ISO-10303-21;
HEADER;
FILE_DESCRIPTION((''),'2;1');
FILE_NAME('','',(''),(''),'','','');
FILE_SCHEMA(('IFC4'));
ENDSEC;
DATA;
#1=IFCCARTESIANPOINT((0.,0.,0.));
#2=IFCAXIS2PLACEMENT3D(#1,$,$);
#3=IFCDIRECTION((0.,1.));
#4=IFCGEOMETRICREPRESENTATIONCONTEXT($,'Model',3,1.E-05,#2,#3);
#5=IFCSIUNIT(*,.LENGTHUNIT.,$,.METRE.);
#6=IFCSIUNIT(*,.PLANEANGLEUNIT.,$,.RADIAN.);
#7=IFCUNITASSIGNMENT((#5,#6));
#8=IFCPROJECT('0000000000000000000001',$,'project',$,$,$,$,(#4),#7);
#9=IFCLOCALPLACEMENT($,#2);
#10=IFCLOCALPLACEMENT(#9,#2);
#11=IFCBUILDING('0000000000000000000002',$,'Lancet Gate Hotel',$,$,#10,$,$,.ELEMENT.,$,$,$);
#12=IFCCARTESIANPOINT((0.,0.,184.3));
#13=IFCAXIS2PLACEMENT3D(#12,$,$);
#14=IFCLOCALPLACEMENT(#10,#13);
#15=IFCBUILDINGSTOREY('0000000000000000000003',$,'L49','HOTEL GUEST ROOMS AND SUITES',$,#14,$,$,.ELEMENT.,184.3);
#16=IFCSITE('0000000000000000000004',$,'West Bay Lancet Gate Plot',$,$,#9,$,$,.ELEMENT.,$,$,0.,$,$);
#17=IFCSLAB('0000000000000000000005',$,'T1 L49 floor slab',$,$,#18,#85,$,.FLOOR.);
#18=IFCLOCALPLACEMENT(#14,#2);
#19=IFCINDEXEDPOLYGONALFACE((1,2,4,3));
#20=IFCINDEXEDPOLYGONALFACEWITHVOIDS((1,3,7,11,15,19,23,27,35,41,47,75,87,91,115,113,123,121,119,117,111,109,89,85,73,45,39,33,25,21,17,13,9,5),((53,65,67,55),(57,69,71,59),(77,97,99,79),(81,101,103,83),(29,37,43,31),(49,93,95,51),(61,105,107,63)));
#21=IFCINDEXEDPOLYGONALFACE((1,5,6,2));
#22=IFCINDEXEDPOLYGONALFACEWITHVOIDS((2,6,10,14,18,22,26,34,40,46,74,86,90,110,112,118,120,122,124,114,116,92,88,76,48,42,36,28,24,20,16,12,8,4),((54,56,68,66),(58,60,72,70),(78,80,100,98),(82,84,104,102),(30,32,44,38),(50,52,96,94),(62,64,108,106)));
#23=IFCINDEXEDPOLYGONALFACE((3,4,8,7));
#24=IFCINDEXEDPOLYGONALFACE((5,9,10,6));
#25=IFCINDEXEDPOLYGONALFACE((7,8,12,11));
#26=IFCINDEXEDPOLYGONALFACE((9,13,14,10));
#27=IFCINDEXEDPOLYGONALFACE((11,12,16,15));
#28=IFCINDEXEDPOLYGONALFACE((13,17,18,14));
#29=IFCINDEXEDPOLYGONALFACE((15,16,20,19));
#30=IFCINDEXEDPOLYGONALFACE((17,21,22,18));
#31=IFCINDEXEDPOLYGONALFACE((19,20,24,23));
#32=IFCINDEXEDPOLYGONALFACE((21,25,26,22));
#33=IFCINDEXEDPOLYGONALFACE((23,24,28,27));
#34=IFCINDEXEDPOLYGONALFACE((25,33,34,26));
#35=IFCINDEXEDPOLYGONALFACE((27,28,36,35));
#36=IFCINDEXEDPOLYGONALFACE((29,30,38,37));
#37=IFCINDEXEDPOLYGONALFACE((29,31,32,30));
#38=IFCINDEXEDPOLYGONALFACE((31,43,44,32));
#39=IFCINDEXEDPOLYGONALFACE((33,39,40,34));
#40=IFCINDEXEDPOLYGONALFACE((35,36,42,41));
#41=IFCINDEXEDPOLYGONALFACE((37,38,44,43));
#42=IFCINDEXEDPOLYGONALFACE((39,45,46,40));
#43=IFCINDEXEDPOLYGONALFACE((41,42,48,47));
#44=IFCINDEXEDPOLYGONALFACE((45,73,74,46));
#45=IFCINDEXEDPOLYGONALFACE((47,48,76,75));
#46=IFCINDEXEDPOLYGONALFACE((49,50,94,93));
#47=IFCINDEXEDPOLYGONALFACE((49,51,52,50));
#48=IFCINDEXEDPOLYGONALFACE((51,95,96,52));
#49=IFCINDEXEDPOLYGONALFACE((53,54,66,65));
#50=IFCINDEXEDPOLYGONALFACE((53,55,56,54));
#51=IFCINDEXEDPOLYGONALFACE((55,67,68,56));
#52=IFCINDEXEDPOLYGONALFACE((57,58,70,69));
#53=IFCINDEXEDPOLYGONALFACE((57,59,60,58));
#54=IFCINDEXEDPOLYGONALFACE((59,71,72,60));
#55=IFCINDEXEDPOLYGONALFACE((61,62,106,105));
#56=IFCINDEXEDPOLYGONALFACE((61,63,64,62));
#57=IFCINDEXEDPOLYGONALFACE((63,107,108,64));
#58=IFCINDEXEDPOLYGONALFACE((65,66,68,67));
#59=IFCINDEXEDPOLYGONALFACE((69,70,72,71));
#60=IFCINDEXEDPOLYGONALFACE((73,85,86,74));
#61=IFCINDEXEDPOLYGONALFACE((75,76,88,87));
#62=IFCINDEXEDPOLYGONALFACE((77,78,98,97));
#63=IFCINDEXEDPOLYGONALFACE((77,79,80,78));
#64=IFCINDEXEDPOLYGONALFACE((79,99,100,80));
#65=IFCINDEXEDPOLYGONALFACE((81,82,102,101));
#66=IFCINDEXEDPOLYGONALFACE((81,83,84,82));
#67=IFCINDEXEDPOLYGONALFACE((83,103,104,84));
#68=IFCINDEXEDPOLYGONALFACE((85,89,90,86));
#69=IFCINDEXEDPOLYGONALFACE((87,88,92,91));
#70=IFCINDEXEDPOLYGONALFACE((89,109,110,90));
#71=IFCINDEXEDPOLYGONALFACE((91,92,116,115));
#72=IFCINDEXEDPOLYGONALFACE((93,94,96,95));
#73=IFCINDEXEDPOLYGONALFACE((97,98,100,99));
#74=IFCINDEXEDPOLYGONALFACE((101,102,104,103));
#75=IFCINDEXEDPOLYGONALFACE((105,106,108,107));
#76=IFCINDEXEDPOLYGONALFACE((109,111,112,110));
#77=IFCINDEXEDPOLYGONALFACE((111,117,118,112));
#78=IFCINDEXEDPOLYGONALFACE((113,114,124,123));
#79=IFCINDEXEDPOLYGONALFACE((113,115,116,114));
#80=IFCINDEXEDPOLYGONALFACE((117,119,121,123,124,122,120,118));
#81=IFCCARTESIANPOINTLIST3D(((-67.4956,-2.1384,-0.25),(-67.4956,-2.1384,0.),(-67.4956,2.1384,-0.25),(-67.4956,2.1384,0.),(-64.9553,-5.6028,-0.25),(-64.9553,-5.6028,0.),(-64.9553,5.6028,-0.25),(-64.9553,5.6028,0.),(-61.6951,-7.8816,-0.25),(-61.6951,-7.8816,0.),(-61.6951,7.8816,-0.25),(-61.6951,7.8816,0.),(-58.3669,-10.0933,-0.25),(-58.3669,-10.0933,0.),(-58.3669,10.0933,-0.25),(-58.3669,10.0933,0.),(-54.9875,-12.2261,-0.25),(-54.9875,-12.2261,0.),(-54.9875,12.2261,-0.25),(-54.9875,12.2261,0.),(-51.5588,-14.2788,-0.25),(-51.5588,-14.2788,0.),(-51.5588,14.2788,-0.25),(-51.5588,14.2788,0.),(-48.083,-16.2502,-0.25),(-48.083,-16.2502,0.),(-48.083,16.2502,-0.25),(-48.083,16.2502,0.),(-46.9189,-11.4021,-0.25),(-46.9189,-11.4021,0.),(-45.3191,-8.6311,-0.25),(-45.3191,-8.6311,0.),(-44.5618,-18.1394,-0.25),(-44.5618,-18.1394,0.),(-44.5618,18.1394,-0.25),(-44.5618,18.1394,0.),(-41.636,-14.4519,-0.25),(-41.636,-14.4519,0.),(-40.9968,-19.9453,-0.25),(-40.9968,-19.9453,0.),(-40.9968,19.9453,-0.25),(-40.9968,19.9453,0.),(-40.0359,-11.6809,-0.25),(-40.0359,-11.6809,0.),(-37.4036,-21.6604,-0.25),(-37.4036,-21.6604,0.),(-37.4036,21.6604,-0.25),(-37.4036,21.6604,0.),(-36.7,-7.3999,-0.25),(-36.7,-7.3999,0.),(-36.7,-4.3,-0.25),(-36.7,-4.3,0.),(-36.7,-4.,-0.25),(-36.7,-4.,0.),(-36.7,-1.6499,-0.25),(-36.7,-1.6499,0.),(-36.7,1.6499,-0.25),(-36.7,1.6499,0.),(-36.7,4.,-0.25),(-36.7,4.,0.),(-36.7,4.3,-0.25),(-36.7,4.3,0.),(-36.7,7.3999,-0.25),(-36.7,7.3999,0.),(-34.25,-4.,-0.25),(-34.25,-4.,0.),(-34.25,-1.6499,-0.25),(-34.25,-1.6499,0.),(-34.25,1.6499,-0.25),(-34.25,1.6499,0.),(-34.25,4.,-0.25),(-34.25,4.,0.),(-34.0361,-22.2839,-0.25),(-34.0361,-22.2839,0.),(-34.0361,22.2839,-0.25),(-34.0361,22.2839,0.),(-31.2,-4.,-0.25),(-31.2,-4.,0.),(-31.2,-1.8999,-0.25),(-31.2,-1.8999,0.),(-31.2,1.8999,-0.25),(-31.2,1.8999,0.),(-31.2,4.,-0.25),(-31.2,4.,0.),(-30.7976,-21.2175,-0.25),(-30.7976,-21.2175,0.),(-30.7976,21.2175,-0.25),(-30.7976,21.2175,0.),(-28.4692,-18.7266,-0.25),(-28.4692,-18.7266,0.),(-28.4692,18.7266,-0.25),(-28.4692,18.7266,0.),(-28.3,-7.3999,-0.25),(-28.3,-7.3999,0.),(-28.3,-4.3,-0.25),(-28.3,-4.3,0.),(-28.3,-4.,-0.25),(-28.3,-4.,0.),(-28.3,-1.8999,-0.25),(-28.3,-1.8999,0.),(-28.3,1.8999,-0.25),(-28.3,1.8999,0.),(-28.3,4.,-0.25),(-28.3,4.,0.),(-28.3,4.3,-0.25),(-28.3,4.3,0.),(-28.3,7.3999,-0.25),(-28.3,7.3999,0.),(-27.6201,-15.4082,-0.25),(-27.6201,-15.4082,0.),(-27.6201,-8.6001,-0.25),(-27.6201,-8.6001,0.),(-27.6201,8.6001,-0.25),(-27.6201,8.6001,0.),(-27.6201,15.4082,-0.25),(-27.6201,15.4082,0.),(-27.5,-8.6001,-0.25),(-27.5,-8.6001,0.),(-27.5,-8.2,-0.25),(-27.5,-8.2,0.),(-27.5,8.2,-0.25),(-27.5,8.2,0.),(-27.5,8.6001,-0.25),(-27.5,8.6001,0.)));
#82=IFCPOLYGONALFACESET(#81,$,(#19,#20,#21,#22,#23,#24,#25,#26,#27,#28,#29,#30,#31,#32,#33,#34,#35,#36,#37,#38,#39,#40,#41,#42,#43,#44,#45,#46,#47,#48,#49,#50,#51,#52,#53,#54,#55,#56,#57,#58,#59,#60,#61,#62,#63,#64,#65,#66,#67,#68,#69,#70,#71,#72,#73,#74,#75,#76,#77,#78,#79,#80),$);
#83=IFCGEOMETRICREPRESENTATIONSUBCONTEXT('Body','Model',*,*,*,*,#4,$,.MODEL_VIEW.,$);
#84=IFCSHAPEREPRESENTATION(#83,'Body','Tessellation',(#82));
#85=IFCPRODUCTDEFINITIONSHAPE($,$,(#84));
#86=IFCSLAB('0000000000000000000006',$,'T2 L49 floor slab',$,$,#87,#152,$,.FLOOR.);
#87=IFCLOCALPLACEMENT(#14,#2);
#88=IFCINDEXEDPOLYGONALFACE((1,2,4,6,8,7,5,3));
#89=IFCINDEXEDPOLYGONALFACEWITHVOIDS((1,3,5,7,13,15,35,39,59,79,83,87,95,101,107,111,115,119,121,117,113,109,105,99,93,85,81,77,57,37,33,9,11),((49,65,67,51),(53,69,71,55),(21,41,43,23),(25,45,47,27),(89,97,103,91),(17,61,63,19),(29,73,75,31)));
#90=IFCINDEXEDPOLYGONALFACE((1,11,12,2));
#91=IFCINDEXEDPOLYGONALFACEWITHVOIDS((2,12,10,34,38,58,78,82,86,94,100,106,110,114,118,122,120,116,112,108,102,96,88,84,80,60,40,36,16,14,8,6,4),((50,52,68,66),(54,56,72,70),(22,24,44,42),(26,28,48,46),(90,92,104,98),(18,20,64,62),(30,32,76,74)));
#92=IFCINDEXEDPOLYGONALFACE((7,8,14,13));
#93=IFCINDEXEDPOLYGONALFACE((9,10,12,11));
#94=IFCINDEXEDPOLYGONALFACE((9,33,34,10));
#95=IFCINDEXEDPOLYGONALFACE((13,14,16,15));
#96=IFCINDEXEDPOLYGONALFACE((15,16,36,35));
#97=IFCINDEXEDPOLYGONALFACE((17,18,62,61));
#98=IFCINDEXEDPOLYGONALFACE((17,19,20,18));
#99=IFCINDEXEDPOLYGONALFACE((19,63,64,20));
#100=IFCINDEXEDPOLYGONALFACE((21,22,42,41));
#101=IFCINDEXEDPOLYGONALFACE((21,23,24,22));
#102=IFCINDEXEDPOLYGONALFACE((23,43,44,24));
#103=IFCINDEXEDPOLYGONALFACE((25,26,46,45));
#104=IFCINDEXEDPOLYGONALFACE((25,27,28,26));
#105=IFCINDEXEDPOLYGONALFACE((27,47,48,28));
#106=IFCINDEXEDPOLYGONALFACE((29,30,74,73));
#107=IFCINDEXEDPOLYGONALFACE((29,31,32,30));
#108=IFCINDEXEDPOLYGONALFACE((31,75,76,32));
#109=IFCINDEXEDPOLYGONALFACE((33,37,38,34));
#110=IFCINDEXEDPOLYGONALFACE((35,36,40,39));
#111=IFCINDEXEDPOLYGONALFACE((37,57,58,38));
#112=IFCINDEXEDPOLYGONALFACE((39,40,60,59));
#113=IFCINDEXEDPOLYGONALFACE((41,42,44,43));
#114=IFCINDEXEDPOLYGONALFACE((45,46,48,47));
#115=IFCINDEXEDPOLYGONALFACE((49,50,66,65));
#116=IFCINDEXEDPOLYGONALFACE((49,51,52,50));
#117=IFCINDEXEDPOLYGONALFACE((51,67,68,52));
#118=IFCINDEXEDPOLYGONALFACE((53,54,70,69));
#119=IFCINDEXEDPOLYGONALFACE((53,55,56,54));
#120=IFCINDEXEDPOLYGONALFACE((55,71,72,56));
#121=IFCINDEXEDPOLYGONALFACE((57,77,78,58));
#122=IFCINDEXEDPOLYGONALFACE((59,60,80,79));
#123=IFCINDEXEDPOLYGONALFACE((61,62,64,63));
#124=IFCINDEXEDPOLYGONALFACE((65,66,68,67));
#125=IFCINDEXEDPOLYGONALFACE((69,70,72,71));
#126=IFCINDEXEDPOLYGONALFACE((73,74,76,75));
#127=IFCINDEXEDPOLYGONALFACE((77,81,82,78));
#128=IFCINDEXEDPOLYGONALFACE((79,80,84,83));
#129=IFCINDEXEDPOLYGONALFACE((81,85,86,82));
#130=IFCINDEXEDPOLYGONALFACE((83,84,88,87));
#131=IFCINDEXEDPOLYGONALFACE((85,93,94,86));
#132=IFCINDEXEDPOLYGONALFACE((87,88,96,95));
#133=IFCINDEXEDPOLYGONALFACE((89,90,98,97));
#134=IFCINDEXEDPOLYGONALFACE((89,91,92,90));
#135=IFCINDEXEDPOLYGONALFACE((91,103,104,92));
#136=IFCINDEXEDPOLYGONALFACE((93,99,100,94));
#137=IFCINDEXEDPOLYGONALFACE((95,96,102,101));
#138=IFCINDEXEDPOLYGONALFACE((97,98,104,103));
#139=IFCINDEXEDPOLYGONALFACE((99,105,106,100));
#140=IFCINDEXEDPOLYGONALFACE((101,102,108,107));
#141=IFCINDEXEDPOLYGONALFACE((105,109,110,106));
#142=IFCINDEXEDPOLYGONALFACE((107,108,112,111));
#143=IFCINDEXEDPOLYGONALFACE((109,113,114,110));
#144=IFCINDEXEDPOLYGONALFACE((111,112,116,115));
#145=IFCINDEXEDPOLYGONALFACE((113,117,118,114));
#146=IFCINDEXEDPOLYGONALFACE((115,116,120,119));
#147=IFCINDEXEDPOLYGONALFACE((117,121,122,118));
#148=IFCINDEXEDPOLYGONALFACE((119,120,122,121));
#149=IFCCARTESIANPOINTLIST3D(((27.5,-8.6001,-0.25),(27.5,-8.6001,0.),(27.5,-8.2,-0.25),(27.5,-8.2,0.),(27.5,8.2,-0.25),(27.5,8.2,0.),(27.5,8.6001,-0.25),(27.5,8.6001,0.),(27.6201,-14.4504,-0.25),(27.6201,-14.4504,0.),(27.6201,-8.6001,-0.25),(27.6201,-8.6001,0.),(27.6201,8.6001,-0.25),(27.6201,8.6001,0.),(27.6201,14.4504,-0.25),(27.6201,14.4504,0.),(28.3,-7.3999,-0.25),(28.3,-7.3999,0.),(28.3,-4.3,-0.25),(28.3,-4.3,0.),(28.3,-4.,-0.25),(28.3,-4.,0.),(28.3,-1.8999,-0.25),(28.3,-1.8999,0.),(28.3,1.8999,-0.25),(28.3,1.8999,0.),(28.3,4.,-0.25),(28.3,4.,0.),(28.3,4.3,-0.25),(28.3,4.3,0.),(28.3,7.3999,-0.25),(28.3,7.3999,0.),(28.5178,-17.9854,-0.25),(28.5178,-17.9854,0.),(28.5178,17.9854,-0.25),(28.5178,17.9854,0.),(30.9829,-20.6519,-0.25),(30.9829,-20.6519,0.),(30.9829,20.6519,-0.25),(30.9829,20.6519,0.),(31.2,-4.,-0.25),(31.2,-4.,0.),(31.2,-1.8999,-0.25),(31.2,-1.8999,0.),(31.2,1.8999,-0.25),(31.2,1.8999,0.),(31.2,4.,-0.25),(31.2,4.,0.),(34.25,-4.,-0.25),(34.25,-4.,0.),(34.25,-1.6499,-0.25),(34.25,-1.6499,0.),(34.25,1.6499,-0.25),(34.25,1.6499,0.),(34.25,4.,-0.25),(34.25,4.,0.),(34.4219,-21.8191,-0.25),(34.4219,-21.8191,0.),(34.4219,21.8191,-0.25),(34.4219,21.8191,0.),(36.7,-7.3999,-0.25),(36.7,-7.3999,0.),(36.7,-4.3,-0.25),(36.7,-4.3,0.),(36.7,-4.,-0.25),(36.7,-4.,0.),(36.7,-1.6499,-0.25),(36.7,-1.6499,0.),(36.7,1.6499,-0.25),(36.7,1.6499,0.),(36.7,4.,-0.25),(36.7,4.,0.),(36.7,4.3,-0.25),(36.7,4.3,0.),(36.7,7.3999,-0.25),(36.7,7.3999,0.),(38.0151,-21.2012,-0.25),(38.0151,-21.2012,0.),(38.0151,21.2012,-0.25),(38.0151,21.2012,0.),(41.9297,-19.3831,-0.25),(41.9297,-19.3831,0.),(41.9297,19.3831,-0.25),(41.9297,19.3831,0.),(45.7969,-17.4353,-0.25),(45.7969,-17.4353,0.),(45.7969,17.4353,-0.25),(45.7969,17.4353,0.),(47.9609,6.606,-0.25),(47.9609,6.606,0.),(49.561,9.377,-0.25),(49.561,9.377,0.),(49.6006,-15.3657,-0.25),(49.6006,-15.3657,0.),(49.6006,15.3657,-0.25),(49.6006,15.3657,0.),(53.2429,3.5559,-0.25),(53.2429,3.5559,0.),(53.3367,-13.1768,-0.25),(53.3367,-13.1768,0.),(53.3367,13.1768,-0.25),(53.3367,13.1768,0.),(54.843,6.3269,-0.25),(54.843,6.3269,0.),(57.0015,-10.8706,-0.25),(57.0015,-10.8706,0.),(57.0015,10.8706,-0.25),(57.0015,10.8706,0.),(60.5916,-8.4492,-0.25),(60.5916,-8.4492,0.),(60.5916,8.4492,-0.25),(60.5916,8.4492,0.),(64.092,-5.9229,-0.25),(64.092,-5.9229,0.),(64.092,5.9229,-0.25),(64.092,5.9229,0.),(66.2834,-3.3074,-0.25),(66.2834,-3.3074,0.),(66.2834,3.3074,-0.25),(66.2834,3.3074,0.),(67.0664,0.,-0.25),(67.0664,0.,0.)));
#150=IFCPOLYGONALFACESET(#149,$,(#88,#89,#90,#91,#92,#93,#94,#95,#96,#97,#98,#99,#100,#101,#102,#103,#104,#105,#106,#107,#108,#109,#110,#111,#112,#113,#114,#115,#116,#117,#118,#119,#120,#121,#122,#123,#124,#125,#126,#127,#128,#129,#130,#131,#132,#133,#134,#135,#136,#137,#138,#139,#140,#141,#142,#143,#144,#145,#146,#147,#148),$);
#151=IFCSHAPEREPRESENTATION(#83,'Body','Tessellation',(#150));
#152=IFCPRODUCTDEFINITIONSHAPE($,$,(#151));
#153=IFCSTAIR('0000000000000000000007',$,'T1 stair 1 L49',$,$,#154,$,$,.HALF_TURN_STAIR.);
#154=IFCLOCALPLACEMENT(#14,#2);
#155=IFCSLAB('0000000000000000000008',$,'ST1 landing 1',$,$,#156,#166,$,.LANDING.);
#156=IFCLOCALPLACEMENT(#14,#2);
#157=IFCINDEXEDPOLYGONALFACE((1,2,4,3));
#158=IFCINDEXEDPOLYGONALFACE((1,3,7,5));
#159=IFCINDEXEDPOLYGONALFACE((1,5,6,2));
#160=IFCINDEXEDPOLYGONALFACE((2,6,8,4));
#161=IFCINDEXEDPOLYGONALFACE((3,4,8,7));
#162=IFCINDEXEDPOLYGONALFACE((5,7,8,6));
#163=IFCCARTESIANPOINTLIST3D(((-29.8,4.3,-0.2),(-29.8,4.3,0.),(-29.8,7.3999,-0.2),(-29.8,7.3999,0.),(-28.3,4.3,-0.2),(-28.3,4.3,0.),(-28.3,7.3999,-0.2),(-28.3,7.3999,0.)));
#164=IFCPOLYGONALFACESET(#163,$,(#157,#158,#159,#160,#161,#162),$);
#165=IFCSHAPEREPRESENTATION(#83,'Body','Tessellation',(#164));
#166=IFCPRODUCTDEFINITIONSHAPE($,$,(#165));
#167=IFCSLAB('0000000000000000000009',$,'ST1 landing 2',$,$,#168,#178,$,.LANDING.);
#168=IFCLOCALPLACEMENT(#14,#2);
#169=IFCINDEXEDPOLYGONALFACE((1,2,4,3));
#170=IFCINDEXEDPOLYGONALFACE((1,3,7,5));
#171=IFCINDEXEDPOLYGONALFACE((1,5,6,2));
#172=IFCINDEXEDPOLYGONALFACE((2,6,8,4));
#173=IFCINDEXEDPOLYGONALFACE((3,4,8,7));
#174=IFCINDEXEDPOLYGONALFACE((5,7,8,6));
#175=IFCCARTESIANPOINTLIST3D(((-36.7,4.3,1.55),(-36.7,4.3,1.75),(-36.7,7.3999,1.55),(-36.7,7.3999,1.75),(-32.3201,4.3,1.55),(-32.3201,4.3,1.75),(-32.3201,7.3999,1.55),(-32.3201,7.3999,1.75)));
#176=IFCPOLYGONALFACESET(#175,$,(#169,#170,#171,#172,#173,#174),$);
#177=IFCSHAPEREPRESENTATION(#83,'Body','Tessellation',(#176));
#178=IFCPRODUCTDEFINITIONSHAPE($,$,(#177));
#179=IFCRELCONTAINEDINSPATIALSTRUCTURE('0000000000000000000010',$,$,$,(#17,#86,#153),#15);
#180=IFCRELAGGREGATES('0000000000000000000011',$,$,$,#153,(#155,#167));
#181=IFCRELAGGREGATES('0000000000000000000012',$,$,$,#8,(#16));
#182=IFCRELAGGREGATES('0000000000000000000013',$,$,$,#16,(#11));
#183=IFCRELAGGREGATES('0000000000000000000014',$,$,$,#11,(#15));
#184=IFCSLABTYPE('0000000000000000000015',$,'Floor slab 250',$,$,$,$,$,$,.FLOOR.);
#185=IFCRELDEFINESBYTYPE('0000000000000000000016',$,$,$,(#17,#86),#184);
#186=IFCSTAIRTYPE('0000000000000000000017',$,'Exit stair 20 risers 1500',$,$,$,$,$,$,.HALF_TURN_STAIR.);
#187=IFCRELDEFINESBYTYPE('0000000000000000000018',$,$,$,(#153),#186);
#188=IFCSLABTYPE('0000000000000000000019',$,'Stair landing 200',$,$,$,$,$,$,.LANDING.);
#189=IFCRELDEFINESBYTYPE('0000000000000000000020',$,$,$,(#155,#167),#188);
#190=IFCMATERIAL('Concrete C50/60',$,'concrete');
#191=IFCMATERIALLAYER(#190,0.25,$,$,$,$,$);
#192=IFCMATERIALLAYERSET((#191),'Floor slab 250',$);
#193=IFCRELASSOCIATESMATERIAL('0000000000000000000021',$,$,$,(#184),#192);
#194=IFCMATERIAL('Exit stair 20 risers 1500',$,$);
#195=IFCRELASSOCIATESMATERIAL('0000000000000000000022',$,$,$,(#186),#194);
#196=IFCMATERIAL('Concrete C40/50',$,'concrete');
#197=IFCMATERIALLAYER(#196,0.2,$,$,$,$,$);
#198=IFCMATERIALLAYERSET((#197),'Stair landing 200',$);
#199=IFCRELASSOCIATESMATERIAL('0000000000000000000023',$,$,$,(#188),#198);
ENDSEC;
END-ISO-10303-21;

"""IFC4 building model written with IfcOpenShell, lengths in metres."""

from ifc_helpers import new_model, si_unit, direction, frame, origin, place, context, subcontext, project, spatial, polyline, outline, extrude, material, layer, layer_set, type_object, element, aggregate, save


model = new_model("IFC4")

# Units and contexts
model_context = context("Model", 3, precision=1e-05, world=origin(), true_north=direction((0.0, 1.0)))
body_context = subcontext(model_context, "Body", "Model", "MODEL_VIEW")
ifc_project = project(units=[si_unit("LENGTHUNIT", "METRE"), si_unit("PLANEANGLEUNIT", "RADIAN")], contexts=[model_context])

# Site, building, storey
site_placement = place(None, origin())
site = spatial("IfcSite", under=ifc_project, at=site_placement, Name="West Bay Lancet Gate Plot", CompositionType="ELEMENT", RefElevation=0.0)
building_placement = place(site_placement, origin())
building = spatial("IfcBuilding", under=site, at=building_placement, Name="Lancet Gate Hotel", CompositionType="ELEMENT")
storey_placement = place(building_placement, frame((0.0, 0.0, 184.3)))
storey = spatial("IfcBuildingStorey", under=building, at=storey_placement, Name="L49", Description="HOTEL GUEST ROOMS AND SUITES", CompositionType="ELEMENT", Elevation=184.3)

# Slabs
ifc_material_1 = material(Name="Concrete C50/60", Category="concrete")
ifc_layer_1 = layer(ifc_material_1, 0.25)
ifc_layer_set_1 = layer_set([ifc_layer_1], Name="Floor slab 250")
slab_type_1 = type_object("IfcSlabType", Name="Floor slab 250", PredefinedType="FLOOR", material=ifc_layer_set_1)
slab_1_placement = place(storey_placement, frame((0.0, 0.0, -0.25)))
element("IfcSlab", 1, at=slab_1_placement, inside=storey, type_object=slab_type_1, Name="T1 L49 floor slab", PredefinedType="FLOOR", context=body_context, shape_type="SweptSolid", body=[
    extrude(outline(polyline([(-27.5, 8.6001), (-27.6201, 8.6001), (-27.6201, 15.4082), (-28.4692, 18.7266), (-30.7976, 21.2175), (-34.0361, 22.2839), (-37.4036, 21.6604), (-40.9968, 19.9453), (-44.5618, 18.1394), (-48.083, 16.2502), (-51.5588, 14.2788), (-54.9875, 12.2261), (-58.3669, 10.0933), (-61.6951, 7.8816), (-64.9553, 5.6028), (-67.4956, 2.1384), (-67.4956, -2.1384), (-64.9553, -5.6028), (-61.6951, -7.8816), (-58.3669, -10.0933), (-54.9875, -12.2261), (-51.5588, -14.2788), (-48.083, -16.2502), (-44.5618, -18.1394), (-40.9968, -19.9453), (-37.4036, -21.6604), (-34.0361, -22.2839), (-30.7976, -21.2175), (-28.4692, -18.7266), (-27.6201, -15.4082), (-27.6201, -8.6001), (-27.5, -8.6001), (-27.5, -8.2), (-27.5, 8.2), (-27.5, 8.6001)]), holes=[polyline([(-36.7, 7.3999), (-36.7, 4.3), (-28.3, 4.3), (-28.3, 7.3999), (-36.7, 7.3999)]), polyline([(-28.3, 4.0), (-31.2, 4.0), (-31.2, 1.8999), (-28.3, 1.8999), (-28.3, 4.0)]), polyline([(-34.25, 4.0), (-36.7, 4.0), (-36.7, 1.6499), (-34.25, 1.6499), (-34.25, 4.0)]), polyline([(-36.7, -1.6499), (-36.7, -4.0), (-34.25, -4.0), (-34.25, -1.6499), (-36.7, -1.6499)]), polyline([(-28.3, -1.8999), (-31.2, -1.8999), (-31.2, -4.0), (-28.3, -4.0), (-28.3, -1.8999)]), polyline([(-28.3, -4.3), (-36.7, -4.3), (-36.7, -7.3999), (-28.3, -7.3999), (-28.3, -4.3)]), polyline([(-45.3191, -8.6311), (-46.9189, -11.4021), (-41.636, -14.4519), (-40.0359, -11.6809), (-45.3191, -8.6311)])]), origin(), (0.0, 0.0, 1.0), 0.25),
])
slab_2_placement = place(storey_placement, frame((0.0, 0.0, -0.25)))
element("IfcSlab", 2, at=slab_2_placement, inside=storey, type_object=slab_type_1, Name="T2 L49 floor slab", PredefinedType="FLOOR", context=body_context, shape_type="SweptSolid", body=[
    extrude(outline(polyline([(27.5, -8.6001), (27.6201, -8.6001), (27.6201, -14.4504), (28.5178, -17.9854), (30.9829, -20.6519), (34.4219, -21.8191), (38.0151, -21.2012), (41.9297, -19.3831), (45.7969, -17.4353), (49.6006, -15.3657), (53.3367, -13.1768), (57.0015, -10.8706), (60.5916, -8.4492), (64.092, -5.9229), (66.2834, -3.3074), (67.0664, 0.0), (66.2834, 3.3074), (64.092, 5.9229), (60.5916, 8.4492), (57.0015, 10.8706), (53.3367, 13.1768), (49.6006, 15.3657), (45.7969, 17.4353), (41.9297, 19.3831), (38.0151, 21.2012), (34.4219, 21.8191), (30.9829, 20.6519), (28.5178, 17.9854), (27.6201, 14.4504), (27.6201, 8.6001), (27.5, 8.6001), (27.5, 8.2), (27.5, -8.2), (27.5, -8.6001)]), holes=[polyline([(36.7, -7.3999), (36.7, -4.3), (28.3, -4.3), (28.3, -7.3999), (36.7, -7.3999)]), polyline([(28.3, -4.0), (31.2, -4.0), (31.2, -1.8999), (28.3, -1.8999), (28.3, -4.0)]), polyline([(34.25, -4.0), (36.7, -4.0), (36.7, -1.6499), (34.25, -1.6499), (34.25, -4.0)]), polyline([(36.7, 1.6499), (36.7, 4.0), (34.25, 4.0), (34.25, 1.6499), (36.7, 1.6499)]), polyline([(28.3, 1.8999), (31.2, 1.8999), (31.2, 4.0), (28.3, 4.0), (28.3, 1.8999)]), polyline([(28.3, 4.3), (36.7, 4.3), (36.7, 7.3999), (28.3, 7.3999), (28.3, 4.3)]), polyline([(53.2429, 3.5559), (54.843, 6.3269), (49.561, 9.377), (47.9609, 6.606), (53.2429, 3.5559)])]), origin(), (0.0, 0.0, 1.0), 0.25),
])

# Stair, slabs
ifc_material_2 = material(Name="Exit stair 20 risers 1500")
stair_type = type_object("IfcStairType", Name="Exit stair 20 risers 1500", PredefinedType="HALF_TURN_STAIR", material=ifc_material_2)
stair_1_placement = place(storey_placement, origin())
stair_1 = element("IfcStair", 3, at=stair_1_placement, inside=storey, type_object=stair_type, Name="T1 stair 1 L49", PredefinedType="HALF_TURN_STAIR")
ifc_material_3 = material(Name="Concrete C40/50", Category="concrete")
ifc_layer_2 = layer(ifc_material_3, 0.2)
ifc_layer_set_2 = layer_set([ifc_layer_2], Name="Stair landing 200")
slab_type_2 = type_object("IfcSlabType", Name="Stair landing 200", PredefinedType="LANDING", material=ifc_layer_set_2)
slab_3_placement = place(storey_placement, frame((0.0, 0.0, -0.2)))
slab_3 = element("IfcSlab", 4, at=slab_3_placement, type_object=slab_type_2, Name="ST1 landing 1", PredefinedType="LANDING", context=body_context, shape_type="SweptSolid", body=[
    extrude(outline(polyline([(-28.3, 7.3999), (-29.8, 7.3999), (-29.8, 4.3), (-28.3, 4.3), (-28.3, 7.3999)])), origin(), (0.0, 0.0, 1.0), 0.2),
])
slab_4_placement = place(storey_placement, frame((0.0, 0.0, 1.55)))
slab_4 = element("IfcSlab", 5, at=slab_4_placement, type_object=slab_type_2, Name="ST1 landing 2", PredefinedType="LANDING", context=body_context, shape_type="SweptSolid", body=[
    extrude(outline(polyline([(-32.3201, 7.3999), (-36.7, 7.3999), (-36.7, 4.3), (-32.3201, 4.3), (-32.3201, 7.3999)])), origin(), (0.0, 0.0, 1.0), 0.2),
])
aggregate(stair_1, [slab_3, slab_4])

save(model, "model.ifc")
